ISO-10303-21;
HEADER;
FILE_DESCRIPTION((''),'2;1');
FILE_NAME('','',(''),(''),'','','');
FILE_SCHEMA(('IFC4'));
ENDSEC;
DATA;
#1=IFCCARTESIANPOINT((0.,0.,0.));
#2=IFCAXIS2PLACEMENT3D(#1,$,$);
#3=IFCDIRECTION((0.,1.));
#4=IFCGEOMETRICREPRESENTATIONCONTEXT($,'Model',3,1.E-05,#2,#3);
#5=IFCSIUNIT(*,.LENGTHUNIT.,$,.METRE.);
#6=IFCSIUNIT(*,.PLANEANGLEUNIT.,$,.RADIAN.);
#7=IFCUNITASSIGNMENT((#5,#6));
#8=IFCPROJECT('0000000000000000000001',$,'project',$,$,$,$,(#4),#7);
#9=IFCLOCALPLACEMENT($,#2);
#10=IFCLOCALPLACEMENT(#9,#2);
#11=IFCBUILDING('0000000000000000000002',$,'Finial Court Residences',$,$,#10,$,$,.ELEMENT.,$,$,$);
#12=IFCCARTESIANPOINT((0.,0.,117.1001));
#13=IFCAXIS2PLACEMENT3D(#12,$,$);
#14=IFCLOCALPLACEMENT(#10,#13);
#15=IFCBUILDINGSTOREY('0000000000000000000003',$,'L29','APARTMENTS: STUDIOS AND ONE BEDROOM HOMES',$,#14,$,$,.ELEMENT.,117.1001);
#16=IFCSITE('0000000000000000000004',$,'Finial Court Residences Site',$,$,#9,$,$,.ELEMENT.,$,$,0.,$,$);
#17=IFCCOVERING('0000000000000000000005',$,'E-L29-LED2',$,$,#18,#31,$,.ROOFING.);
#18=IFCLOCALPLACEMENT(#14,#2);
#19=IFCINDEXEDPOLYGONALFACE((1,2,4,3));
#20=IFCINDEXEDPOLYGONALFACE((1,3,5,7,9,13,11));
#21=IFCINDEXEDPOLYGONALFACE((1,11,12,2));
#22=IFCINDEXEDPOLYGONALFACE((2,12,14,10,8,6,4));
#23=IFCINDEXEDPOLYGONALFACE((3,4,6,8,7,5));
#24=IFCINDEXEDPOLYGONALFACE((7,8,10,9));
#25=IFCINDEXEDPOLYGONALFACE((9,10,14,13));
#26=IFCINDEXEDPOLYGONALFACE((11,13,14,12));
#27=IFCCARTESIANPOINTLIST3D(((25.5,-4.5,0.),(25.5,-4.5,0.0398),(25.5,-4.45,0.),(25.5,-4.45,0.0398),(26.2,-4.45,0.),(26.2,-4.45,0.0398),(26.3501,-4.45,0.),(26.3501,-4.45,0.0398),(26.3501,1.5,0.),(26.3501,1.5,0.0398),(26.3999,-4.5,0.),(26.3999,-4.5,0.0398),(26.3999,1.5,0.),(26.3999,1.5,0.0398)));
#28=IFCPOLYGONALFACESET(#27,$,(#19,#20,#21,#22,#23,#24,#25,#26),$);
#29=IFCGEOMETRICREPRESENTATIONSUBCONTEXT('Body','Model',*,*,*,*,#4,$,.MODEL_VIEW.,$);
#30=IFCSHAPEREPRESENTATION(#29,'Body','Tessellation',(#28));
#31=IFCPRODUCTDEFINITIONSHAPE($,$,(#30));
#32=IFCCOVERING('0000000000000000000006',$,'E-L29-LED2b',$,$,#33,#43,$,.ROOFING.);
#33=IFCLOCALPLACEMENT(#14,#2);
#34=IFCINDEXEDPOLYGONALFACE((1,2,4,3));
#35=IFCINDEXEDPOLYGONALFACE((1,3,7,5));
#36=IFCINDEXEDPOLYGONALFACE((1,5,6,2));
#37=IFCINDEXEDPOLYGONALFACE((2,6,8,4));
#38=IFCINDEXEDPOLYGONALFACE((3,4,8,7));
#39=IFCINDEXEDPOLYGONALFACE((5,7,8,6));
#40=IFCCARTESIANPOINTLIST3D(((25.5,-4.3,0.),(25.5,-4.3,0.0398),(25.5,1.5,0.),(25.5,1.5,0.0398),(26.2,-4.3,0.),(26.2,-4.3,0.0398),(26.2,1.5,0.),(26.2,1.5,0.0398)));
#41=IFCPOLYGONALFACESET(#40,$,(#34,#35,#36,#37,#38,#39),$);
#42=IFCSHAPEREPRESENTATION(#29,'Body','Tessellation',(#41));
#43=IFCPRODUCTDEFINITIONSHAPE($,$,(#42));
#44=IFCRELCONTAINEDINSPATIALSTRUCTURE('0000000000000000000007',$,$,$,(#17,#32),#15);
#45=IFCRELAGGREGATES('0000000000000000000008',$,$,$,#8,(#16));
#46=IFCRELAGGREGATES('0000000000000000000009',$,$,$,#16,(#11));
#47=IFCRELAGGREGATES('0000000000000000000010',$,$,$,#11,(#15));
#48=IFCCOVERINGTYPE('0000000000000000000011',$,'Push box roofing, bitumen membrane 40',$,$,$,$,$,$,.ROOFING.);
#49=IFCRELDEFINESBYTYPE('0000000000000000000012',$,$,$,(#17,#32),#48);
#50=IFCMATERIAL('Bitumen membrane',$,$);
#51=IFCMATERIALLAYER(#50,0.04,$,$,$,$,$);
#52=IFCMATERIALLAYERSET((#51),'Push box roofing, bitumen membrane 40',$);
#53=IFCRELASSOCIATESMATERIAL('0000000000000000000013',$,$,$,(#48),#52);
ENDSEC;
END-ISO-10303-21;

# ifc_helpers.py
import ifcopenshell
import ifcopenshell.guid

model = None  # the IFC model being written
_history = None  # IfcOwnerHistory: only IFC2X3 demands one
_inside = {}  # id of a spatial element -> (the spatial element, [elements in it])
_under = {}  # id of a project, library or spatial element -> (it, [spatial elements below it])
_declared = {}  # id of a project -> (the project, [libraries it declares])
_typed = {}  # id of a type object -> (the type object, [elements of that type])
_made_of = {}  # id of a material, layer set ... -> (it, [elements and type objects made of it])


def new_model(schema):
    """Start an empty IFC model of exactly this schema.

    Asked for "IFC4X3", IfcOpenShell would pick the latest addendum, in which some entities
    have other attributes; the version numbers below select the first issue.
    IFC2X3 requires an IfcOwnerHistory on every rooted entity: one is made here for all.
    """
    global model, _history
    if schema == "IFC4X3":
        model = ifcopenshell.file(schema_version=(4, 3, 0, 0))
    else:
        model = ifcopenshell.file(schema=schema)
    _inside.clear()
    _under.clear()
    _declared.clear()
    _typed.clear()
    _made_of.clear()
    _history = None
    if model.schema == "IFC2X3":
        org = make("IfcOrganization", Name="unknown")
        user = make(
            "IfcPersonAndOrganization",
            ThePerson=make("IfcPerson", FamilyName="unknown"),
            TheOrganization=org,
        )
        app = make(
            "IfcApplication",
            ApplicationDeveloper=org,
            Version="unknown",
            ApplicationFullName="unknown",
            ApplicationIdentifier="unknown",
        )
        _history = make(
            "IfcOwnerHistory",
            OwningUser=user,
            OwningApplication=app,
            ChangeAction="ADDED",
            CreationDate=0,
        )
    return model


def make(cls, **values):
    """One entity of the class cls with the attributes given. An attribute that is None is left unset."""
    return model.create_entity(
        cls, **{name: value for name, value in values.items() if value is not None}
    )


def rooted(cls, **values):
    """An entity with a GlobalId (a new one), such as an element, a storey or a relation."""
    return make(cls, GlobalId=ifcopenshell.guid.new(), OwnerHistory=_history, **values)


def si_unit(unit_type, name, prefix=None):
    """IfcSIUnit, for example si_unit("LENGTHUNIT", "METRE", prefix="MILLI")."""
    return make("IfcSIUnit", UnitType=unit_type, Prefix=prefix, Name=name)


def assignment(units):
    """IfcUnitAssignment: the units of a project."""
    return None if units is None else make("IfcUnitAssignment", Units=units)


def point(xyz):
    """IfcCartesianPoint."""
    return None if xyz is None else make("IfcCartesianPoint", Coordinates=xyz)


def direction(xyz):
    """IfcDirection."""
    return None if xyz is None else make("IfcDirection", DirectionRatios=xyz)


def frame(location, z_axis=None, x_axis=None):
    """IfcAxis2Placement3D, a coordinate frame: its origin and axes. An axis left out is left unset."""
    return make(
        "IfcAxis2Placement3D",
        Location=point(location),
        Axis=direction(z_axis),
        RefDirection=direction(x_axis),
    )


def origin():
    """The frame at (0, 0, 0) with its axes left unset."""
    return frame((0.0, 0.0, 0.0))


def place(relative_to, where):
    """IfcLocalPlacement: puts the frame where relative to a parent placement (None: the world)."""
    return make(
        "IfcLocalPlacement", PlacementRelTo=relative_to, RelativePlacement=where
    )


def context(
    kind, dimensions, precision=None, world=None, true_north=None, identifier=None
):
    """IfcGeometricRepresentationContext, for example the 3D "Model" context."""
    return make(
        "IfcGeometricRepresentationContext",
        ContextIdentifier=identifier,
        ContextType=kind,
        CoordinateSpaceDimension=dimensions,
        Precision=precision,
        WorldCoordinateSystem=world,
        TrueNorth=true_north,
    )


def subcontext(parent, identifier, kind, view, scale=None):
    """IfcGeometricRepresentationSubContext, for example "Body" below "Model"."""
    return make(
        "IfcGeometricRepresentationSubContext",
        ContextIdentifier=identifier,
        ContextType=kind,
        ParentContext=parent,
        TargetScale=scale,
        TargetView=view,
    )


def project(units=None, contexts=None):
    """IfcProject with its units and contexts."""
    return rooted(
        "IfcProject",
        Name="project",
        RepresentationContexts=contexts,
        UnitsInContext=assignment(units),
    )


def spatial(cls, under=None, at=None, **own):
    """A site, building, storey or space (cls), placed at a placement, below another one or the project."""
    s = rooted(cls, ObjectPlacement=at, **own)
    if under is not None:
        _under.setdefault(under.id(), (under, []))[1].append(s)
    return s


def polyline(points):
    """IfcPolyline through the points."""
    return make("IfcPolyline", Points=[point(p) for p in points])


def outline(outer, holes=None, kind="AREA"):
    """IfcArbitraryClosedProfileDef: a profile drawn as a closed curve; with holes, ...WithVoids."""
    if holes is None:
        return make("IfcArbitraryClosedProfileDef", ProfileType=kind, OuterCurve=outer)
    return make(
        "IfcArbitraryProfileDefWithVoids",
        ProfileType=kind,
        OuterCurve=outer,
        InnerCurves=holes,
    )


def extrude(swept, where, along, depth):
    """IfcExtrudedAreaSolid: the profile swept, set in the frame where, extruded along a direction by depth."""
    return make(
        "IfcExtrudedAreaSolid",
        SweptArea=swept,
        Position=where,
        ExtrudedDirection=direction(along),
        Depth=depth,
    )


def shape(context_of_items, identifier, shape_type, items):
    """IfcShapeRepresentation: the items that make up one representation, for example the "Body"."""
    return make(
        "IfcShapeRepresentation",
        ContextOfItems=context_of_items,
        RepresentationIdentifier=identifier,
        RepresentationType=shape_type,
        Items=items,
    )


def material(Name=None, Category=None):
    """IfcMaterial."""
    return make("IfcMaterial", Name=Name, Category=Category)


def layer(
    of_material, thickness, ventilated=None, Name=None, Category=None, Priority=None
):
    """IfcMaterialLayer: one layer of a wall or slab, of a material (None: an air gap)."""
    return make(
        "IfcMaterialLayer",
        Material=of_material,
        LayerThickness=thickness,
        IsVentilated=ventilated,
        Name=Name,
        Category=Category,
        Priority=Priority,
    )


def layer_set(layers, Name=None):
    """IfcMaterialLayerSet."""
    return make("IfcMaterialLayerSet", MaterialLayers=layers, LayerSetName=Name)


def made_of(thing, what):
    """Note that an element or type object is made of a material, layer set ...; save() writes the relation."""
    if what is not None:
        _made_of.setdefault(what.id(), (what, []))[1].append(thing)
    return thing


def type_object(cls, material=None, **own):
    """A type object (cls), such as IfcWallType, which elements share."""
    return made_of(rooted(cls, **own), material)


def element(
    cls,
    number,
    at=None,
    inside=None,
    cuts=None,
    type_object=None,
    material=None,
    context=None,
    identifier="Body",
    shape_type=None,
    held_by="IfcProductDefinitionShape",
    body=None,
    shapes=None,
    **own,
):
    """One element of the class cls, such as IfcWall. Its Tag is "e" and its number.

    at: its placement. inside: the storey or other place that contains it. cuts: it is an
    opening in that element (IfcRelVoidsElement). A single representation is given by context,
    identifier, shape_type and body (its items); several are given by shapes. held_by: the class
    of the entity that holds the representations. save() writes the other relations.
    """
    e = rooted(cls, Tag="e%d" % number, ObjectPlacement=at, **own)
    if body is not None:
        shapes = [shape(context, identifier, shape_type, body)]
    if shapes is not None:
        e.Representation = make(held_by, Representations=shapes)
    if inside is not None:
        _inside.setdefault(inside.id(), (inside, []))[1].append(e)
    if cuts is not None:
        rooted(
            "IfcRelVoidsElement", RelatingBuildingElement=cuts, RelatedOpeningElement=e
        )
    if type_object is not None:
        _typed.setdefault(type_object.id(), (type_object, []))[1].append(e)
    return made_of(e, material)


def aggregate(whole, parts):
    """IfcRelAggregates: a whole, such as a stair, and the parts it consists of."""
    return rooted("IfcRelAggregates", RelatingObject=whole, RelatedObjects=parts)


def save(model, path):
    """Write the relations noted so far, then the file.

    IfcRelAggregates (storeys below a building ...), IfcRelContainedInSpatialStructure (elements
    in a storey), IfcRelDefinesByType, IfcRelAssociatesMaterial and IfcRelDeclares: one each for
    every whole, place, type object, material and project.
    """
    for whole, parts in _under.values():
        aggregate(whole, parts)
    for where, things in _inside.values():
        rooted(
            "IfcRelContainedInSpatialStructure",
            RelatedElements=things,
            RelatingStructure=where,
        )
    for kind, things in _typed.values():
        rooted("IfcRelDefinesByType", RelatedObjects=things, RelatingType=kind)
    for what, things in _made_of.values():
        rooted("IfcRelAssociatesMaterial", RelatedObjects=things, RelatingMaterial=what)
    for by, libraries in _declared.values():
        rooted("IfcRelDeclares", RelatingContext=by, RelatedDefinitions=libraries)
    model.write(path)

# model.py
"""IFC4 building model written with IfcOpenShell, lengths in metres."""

from ifc_helpers import new_model, si_unit, direction, frame, origin, place, context, subcontext, project, spatial, polyline, outline, extrude, material, layer, layer_set, type_object, element, save


model = new_model("IFC4")

# Units and contexts
model_context = context("Model", 3, precision=1e-05, world=origin(), true_north=direction((0.0, 1.0)))
body_context = subcontext(model_context, "Body", "Model", "MODEL_VIEW")
ifc_project = project(units=[si_unit("LENGTHUNIT", "METRE"), si_unit("PLANEANGLEUNIT", "RADIAN")], contexts=[model_context])

# Site, building, storey
site_placement = place(None, origin())
site = spatial("IfcSite", under=ifc_project, at=site_placement, Name="Finial Court Residences Site", CompositionType="ELEMENT", RefElevation=0.0)
building_placement = place(site_placement, origin())
building = spatial("IfcBuilding", under=site, at=building_placement, Name="Finial Court Residences", CompositionType="ELEMENT")
storey_placement = place(building_placement, frame((0.0, 0.0, 117.1001)))
storey = spatial("IfcBuildingStorey", under=building, at=storey_placement, Name="L29", Description="APARTMENTS: STUDIOS AND ONE BEDROOM HOMES", CompositionType="ELEMENT", Elevation=117.1001)

# Coverings
ifc_material_1 = material(Name="Bitumen membrane")
ifc_layer_1 = layer(ifc_material_1, 0.04)
ifc_layer_set_1 = layer_set([ifc_layer_1], Name="Push box roofing, bitumen membrane 40")
covering_type_1 = type_object("IfcCoveringType", Name="Push box roofing, bitumen membrane 40", PredefinedType="ROOFING", material=ifc_layer_set_1)
covering_1_placement = place(storey_placement, origin())
element("IfcCovering", 1, at=covering_1_placement, inside=storey, type_object=covering_type_1, Name="E-L29-LED2", PredefinedType="ROOFING", context=body_context, shape_type="SweptSolid", body=[
    extrude(outline(polyline([(25.5, -4.45), (26.2, -4.45), (26.3501, -4.45), (26.3501, 1.5), (26.3999, 1.5), (26.3999, -4.5), (25.5, -4.5), (25.5, -4.45)])), origin(), (0.0, 0.0, 1.0), 0.0398),
])
covering_2_placement = place(storey_placement, origin())
element("IfcCovering", 2, at=covering_2_placement, inside=storey, type_object=covering_type_1, Name="E-L29-LED2b", PredefinedType="ROOFING", context=body_context, shape_type="SweptSolid", body=[
    extrude(outline(polyline([(25.5, 1.5), (26.2, 1.5), (26.2, -4.3), (25.5, -4.3), (25.5, 1.5)])), origin(), (0.0, 0.0, 1.0), 0.0398),
])

save(model, "model.ifc")
